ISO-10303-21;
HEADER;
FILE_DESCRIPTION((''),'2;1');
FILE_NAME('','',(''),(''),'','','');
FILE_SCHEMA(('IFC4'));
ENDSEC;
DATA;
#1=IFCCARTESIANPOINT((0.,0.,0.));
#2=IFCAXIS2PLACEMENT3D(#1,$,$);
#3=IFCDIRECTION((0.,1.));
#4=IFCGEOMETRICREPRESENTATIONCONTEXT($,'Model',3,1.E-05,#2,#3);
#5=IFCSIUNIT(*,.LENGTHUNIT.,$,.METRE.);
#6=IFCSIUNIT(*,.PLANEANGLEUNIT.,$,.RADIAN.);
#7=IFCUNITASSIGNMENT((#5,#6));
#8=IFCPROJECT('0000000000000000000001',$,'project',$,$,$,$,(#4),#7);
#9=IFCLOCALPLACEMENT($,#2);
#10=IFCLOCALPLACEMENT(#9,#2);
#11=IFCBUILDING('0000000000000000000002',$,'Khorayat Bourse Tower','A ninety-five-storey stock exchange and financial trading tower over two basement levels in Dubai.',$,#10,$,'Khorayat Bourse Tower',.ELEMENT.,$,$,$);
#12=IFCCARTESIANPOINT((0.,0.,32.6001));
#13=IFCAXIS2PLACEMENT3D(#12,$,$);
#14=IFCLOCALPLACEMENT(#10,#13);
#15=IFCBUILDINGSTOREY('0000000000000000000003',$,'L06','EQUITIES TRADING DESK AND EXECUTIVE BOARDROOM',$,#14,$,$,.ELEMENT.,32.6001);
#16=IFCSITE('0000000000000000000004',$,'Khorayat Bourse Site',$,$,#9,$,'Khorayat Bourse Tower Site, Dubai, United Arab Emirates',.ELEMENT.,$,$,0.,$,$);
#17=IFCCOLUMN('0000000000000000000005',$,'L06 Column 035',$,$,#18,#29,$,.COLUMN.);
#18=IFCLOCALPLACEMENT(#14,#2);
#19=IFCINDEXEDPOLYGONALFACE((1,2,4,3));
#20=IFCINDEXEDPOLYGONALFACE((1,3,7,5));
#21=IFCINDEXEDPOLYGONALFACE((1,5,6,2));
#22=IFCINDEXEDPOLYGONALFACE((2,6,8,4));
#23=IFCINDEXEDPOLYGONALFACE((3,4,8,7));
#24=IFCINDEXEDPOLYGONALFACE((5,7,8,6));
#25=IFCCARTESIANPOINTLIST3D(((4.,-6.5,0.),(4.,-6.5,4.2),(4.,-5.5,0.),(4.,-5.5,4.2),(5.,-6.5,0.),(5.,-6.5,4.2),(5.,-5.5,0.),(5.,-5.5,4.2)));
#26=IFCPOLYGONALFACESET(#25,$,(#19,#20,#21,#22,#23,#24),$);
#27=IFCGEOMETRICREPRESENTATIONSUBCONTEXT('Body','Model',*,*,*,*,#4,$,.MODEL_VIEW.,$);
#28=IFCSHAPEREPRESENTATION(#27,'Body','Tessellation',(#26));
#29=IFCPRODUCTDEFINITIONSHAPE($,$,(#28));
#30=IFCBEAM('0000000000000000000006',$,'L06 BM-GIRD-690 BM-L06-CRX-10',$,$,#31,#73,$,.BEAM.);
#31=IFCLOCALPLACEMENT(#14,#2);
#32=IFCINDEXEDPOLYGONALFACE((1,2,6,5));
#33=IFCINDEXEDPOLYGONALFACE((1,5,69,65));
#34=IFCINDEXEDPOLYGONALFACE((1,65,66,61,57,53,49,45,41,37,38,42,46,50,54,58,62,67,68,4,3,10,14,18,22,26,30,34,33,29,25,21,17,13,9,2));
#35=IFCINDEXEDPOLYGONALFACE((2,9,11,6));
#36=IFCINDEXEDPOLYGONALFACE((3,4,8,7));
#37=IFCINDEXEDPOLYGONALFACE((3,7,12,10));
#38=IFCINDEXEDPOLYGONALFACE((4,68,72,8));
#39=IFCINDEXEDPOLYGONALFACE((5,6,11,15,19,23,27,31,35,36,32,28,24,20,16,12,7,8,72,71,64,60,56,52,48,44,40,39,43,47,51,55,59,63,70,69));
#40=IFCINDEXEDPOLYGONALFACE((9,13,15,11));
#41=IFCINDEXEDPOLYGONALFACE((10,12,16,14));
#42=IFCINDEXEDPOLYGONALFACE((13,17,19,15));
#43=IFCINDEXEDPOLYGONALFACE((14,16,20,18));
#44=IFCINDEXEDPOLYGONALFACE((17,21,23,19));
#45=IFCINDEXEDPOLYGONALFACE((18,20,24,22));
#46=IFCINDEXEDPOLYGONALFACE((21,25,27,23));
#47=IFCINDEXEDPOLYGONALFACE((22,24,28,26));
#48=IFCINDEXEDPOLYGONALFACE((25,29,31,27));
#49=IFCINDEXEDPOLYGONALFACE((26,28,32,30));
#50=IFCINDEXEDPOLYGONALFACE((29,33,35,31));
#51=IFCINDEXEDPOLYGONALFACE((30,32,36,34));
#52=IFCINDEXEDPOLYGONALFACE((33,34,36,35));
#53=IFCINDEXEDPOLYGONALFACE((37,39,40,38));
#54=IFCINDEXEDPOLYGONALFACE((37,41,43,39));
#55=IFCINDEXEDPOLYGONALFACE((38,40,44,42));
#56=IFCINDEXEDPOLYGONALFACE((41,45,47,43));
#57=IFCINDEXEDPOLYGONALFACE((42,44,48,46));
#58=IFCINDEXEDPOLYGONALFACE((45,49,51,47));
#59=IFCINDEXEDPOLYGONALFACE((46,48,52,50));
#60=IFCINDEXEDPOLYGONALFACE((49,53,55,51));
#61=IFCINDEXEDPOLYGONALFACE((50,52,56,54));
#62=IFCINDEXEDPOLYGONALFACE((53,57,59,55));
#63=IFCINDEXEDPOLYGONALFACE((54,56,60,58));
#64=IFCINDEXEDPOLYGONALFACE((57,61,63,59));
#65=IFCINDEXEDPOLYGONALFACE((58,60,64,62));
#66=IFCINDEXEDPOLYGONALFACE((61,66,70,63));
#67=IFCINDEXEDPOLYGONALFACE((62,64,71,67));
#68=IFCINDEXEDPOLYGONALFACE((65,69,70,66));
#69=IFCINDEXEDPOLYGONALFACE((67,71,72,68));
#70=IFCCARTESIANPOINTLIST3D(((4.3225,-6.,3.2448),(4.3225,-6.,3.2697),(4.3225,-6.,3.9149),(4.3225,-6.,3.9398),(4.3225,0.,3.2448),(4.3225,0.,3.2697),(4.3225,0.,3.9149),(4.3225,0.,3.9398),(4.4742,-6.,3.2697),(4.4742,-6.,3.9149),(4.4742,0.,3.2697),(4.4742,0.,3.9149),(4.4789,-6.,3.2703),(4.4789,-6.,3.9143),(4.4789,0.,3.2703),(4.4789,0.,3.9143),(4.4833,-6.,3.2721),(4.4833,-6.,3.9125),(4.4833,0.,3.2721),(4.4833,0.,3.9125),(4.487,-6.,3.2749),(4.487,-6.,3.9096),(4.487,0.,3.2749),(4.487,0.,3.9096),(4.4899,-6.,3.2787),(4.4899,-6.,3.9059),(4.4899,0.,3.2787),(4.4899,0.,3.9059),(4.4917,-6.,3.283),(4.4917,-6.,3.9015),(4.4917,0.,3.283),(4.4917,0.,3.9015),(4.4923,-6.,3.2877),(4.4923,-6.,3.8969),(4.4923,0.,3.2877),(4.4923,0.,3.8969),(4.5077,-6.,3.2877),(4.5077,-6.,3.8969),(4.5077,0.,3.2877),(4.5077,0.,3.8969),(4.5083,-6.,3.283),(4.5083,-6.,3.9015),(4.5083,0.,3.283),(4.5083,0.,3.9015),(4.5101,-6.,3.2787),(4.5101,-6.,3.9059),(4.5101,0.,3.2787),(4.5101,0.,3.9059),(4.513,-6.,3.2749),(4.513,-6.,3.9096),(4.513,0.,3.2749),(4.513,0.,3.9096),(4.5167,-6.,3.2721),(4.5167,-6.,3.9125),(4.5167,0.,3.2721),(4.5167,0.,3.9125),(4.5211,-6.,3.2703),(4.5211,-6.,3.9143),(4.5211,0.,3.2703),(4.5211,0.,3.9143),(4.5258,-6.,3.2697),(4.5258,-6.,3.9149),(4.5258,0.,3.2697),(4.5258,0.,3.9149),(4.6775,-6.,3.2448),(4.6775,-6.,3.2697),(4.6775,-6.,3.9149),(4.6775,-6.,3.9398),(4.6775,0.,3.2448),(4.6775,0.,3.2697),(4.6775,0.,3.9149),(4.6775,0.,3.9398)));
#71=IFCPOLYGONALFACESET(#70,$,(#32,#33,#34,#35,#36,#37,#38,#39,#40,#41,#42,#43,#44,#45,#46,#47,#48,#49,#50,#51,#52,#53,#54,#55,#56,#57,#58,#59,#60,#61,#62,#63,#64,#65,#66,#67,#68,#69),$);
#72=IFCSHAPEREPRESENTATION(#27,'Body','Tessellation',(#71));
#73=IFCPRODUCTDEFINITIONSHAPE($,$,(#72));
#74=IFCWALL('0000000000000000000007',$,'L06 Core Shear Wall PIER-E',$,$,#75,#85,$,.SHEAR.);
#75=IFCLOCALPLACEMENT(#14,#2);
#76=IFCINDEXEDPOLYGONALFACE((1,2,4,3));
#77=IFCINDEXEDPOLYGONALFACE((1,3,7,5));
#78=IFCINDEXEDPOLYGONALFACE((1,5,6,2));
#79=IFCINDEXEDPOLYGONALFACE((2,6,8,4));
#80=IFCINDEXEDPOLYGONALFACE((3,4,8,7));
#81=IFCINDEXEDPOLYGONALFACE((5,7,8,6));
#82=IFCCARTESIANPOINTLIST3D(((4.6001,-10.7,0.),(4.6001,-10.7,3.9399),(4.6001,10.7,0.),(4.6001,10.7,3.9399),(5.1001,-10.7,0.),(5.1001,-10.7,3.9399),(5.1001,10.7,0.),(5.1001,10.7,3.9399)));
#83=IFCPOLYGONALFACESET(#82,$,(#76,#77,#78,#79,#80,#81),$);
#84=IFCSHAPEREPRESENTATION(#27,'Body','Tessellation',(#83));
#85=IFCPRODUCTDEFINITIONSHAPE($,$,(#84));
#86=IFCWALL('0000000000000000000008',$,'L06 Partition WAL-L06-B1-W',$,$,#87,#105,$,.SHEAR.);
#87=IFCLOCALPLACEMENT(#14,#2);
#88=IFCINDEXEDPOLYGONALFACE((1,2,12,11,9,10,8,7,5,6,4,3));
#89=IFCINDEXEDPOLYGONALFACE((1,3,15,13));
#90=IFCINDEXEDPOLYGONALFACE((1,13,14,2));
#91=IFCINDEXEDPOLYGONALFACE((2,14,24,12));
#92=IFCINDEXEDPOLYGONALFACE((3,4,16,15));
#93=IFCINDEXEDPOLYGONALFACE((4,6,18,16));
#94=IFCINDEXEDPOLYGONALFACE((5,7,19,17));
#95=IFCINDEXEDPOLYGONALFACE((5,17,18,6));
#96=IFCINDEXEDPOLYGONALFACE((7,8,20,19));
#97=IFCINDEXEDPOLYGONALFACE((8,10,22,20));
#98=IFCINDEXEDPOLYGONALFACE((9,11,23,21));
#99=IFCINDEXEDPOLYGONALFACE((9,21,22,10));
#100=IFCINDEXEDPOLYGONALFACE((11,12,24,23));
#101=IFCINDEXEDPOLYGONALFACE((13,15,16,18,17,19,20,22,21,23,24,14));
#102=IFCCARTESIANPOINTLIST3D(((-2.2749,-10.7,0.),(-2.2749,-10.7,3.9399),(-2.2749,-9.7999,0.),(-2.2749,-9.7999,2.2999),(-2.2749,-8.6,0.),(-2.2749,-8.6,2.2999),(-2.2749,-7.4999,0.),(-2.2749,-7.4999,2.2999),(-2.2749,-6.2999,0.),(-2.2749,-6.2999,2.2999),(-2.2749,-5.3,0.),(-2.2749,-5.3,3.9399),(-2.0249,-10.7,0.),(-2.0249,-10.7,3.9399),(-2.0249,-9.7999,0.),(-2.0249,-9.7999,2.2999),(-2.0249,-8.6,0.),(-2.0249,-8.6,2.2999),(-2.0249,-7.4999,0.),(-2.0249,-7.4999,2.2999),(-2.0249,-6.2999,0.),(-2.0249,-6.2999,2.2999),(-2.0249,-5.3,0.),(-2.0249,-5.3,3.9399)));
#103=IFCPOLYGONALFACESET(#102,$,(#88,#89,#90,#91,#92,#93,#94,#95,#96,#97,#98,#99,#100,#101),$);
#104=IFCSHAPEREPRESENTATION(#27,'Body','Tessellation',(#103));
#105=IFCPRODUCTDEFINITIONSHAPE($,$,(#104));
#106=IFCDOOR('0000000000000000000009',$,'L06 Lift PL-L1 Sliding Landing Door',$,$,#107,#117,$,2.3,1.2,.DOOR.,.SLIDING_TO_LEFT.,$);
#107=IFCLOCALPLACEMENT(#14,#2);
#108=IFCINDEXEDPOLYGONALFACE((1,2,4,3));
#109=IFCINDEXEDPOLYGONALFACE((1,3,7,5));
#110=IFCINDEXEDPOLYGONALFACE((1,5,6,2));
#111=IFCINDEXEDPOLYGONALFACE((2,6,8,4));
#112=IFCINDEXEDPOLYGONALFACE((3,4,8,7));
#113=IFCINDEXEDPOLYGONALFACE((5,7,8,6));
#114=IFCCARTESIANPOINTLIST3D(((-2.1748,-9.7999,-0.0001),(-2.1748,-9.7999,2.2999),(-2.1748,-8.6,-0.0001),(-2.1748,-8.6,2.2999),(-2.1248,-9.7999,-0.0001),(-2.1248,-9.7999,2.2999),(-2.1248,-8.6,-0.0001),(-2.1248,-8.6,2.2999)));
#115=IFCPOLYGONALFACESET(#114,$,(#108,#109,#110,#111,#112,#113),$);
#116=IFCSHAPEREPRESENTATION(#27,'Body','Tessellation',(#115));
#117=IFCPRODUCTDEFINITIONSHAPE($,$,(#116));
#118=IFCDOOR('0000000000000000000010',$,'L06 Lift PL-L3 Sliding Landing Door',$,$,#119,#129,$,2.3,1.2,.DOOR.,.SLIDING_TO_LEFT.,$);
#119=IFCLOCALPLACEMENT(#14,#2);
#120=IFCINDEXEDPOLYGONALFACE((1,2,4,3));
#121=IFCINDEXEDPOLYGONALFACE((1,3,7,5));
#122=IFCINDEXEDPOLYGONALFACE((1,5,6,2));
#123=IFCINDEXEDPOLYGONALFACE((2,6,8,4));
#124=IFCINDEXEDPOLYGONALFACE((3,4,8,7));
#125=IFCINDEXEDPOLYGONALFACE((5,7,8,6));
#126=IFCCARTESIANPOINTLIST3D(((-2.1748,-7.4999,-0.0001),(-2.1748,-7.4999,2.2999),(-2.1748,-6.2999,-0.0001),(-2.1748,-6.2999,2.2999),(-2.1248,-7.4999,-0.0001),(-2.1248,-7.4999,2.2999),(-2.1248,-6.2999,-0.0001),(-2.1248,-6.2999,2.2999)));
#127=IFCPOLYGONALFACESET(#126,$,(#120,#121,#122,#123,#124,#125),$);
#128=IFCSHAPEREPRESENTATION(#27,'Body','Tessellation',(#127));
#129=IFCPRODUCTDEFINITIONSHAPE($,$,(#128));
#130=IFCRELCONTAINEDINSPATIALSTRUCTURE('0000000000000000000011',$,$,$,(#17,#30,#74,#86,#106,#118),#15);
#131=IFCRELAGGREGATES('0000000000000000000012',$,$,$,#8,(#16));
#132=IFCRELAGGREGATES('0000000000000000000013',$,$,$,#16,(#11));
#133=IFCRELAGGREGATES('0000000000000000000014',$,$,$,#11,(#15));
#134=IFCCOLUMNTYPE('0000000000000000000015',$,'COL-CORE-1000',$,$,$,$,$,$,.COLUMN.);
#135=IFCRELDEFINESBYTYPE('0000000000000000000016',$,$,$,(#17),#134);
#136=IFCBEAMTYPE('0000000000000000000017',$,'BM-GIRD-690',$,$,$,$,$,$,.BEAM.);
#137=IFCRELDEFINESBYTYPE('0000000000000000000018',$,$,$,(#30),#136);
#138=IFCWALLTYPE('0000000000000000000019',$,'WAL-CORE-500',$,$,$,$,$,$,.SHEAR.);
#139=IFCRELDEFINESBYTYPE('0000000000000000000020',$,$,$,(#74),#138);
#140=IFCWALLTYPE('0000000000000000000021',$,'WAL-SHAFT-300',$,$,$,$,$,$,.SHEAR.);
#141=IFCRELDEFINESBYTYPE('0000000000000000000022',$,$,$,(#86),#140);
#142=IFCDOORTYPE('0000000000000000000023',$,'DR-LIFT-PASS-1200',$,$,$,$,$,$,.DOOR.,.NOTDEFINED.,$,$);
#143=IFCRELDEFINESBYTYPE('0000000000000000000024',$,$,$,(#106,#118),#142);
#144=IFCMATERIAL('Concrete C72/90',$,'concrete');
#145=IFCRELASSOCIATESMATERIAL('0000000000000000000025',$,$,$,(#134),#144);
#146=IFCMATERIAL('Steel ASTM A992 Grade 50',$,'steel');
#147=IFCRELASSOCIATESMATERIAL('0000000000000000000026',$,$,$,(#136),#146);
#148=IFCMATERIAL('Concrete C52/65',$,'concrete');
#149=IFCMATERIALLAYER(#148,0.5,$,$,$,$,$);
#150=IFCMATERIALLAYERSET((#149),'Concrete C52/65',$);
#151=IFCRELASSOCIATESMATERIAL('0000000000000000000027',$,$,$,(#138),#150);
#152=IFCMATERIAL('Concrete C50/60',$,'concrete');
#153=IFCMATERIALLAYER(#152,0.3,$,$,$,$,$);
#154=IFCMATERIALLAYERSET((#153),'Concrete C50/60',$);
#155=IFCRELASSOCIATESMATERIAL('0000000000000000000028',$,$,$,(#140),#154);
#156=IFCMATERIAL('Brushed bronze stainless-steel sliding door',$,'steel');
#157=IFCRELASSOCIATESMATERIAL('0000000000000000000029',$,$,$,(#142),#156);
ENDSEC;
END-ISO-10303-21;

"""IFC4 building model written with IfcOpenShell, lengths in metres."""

from ifc_helpers import new_model, si_unit, direction, frame, frame_2d, origin, origin_2d, place, context, subcontext, project, spatial, rectangle, i_section, extrude, source, transform, mapped, material, layer, layer_set, material_profile, profile_set, type_object, element, fill, save


model = new_model("IFC4")

# Units and contexts
model_context = context("Model", 3, precision=1e-05, world=origin(), true_north=direction((0.0, 1.0)))
body_context = subcontext(model_context, "Body", "Model", "MODEL_VIEW")
ifc_project = project(units=[si_unit("LENGTHUNIT", "METRE"), si_unit("PLANEANGLEUNIT", "RADIAN")], contexts=[model_context])

# Site, building, storey
site_placement = place(None, origin())
site = spatial("IfcSite", under=ifc_project, at=site_placement, Name="Khorayat Bourse Site", LongName="Khorayat Bourse Tower Site, Dubai, United Arab Emirates", CompositionType="ELEMENT", RefElevation=0.0)
building_placement = place(site_placement, origin())
building = spatial("IfcBuilding", under=site, at=building_placement, Name="Khorayat Bourse Tower", Description="A ninety-five-storey stock exchange and financial trading tower over two basement levels in Dubai.", LongName="Khorayat Bourse Tower", CompositionType="ELEMENT")
storey_placement = place(building_placement, frame((0.0, 0.0, 32.6001)))
storey = spatial("IfcBuildingStorey", under=building, at=storey_placement, Name="L06", Description="EQUITIES TRADING DESK AND EXECUTIVE BOARDROOM", CompositionType="ELEMENT", Elevation=32.6001)

# Column
ifc_material_1 = material(Name="Concrete C72/90", Category="concrete")
ifc_material_profile_1 = material_profile(ifc_material_1, rectangle(XDim=1.0, YDim=1.0, at=origin_2d()), Name="RC 1000x1000")
ifc_profile_set_1 = profile_set([ifc_material_profile_1], Name="Concrete C72/90")
column_type = type_object("IfcColumnType", Name="COL-CORE-1000", PredefinedType="COLUMN", material=ifc_profile_set_1)
shared_shape_1 = source(origin(), body_context, "Body", "SweptSolid", [
    extrude(rectangle(XDim=1.0, YDim=1.0, at=origin_2d()), origin(), (0.0, 0.0, 1.0), 4.2),
])
column_placement = place(storey_placement, frame((4.5, -6.0, 0.0), z_axis=(0.0, 0.0, 1.0), x_axis=(1.0, 0.0, 0.0)))
element("IfcColumn", 1, at=column_placement, inside=storey, type_object=column_type, Name="L06 Column 035", PredefinedType="COLUMN", context=body_context, shape_type="MappedRepresentation", body=[
    mapped(shared_shape_1, transform((0.0, 0.0, 0.0), scale=1.0)),
])

# Beam
ifc_material_2 = material(Name="Steel ASTM A992 Grade 50", Category="steel")
ifc_material_profile_2 = material_profile(ifc_material_2, i_section(OverallWidth=0.355, OverallDepth=0.6951, WebThickness=0.0154, FlangeThickness=0.0249, FilletRadius=0.0181, at=origin_2d()), Name="W690X217")
ifc_profile_set_2 = profile_set([ifc_material_profile_2], Name="Steel ASTM A992 Grade 50")
beam_type = type_object("IfcBeamType", Name="BM-GIRD-690", PredefinedType="BEAM", material=ifc_profile_set_2)
shared_shape_2 = source(origin(), body_context, "Body", "SweptSolid", [
    extrude(i_section(OverallWidth=0.355, OverallDepth=0.6951, WebThickness=0.0154, FlangeThickness=0.0249, FilletRadius=0.0181, at=origin_2d()), origin(), (0.0, 0.0, 1.0), 6.0),
])
beam_placement = place(storey_placement, frame((4.5, -6.0, 3.5923), z_axis=(0.0, 1.0, 0.0), x_axis=(-1.0, 0.0, 0.0)))
element("IfcBeam", 2, at=beam_placement, inside=storey, type_object=beam_type, Name="L06 BM-GIRD-690 BM-L06-CRX-10", PredefinedType="BEAM", context=body_context, shape_type="MappedRepresentation", body=[
    mapped(shared_shape_2, transform((0.0, 0.0, 0.0), scale=1.0)),
])

# Wall
ifc_material_3 = material(Name="Concrete C52/65", Category="concrete")
ifc_layer_1 = layer(ifc_material_3, 0.5)
ifc_layer_set_1 = layer_set([ifc_layer_1], Name="Concrete C52/65")
wall_type_1 = type_object("IfcWallType", Name="WAL-CORE-500", PredefinedType="SHEAR", material=ifc_layer_set_1)
shared_shape_3 = source(origin(), body_context, "Body", "SweptSolid", [
    extrude(rectangle(XDim=21.3999, YDim=0.5, at=frame_2d((10.7, 0.0))), origin(), (0.0, 0.0, 1.0), 3.9399),
])
wall_1_placement = place(storey_placement, frame((4.8501, -10.7, 0.0), z_axis=(0.0, 0.0, 1.0), x_axis=(0.0, 1.0, 0.0)))
element("IfcWall", 3, at=wall_1_placement, inside=storey, type_object=wall_type_1, Name="L06 Core Shear Wall PIER-E", PredefinedType="SHEAR", context=body_context, shape_type="MappedRepresentation", body=[
    mapped(shared_shape_3, transform((0.0, 0.0, 0.0), scale=1.0)),
])

# Wall, openings, doors
ifc_material_4 = material(Name="Concrete C50/60", Category="concrete")
ifc_layer_2 = layer(ifc_material_4, 0.3)
ifc_layer_set_2 = layer_set([ifc_layer_2], Name="Concrete C50/60")
wall_type_2 = type_object("IfcWallType", Name="WAL-SHAFT-300", PredefinedType="SHEAR", material=ifc_layer_set_2)
shared_shape_4 = source(origin(), body_context, "Body", "SweptSolid", [
    extrude(rectangle(XDim=5.3999, YDim=0.25, at=frame_2d((2.7, 0.0))), origin(), (0.0, 0.0, 1.0), 3.9399),
])
wall_2_placement = place(storey_placement, frame((-2.1499, -10.7, 0.0), z_axis=(0.0, 0.0, 1.0), x_axis=(0.0, 1.0, 0.0)))
wall_2 = element("IfcWall", 4, at=wall_2_placement, inside=storey, type_object=wall_type_2, Name="L06 Partition WAL-L06-B1-W", PredefinedType="SHEAR", context=body_context, shape_type="MappedRepresentation", body=[
    mapped(shared_shape_4, transform((0.0, 0.0, 0.0), scale=1.0)),
])
shared_shape_5 = source(origin(), body_context, "Body", "SweptSolid", [
    extrude(rectangle(XDim=1.2, YDim=2.3, at=frame_2d((0.6001, 1.1499))), frame((0.0, 0.135, 0.0), z_axis=(0.0, -1.0, 0.0), x_axis=(1.0, 0.0, 0.0)), (0.0, 0.0, 1.0), 0.27),
])
opening_1_placement = place(wall_2_placement, frame((0.8999, 0.0, 0.0)))
opening_1 = element("IfcOpeningElement", 5, at=opening_1_placement, cuts=wall_2, PredefinedType="OPENING", context=body_context, shape_type="MappedRepresentation", body=[
    mapped(shared_shape_5, transform((0.0, 0.0, 0.0), scale=1.0)),
])
opening_2_placement = place(wall_2_placement, frame((3.2, 0.0, 0.0)))
opening_2 = element("IfcOpeningElement", 6, at=opening_2_placement, cuts=wall_2, PredefinedType="OPENING", context=body_context, shape_type="MappedRepresentation", body=[
    mapped(shared_shape_5, transform((0.0, 0.0, 0.0), scale=1.0)),
])
ifc_material_5 = material(Name="Brushed bronze stainless-steel sliding door", Category="steel")
door_type_1 = type_object("IfcDoorType", Name="DR-LIFT-PASS-1200", OperationType="NOTDEFINED", PredefinedType="DOOR", material=ifc_material_5)
shared_shape_6 = source(origin(), body_context, "Body", "SweptSolid", [
    extrude(rectangle(XDim=1.2, YDim=2.3, at=frame_2d((0.6001, 1.1499))), frame((0.0, 0.0249, 0.0), z_axis=(0.0, -1.0, 0.0), x_axis=(1.0, 0.0, 0.0)), (0.0, 0.0, 1.0), 0.05),
])
door_1_placement = place(opening_1_placement, origin())
door_1 = element("IfcDoor", 7, at=door_1_placement, inside=storey, type_object=door_type_1, Name="L06 Lift PL-L1 Sliding Landing Door", OperationType="SLIDING_TO_LEFT", OverallHeight=2.3, OverallWidth=1.2, PredefinedType="DOOR", context=body_context, shape_type="MappedRepresentation", body=[
    mapped(shared_shape_6, transform((0.0, 0.0, 0.0), scale=1.0)),
])
fill(opening_1, door_1)
door_2_placement = place(opening_2_placement, origin())
door_2 = element("IfcDoor", 8, at=door_2_placement, inside=storey, type_object=door_type_1, Name="L06 Lift PL-L3 Sliding Landing Door", OperationType="SLIDING_TO_LEFT", OverallHeight=2.3, OverallWidth=1.2, PredefinedType="DOOR", context=body_context, shape_type="MappedRepresentation", body=[
    mapped(shared_shape_6, transform((0.0, 0.0, 0.0), scale=1.0)),
])
fill(opening_2, door_2)

save(model, "model.ifc")
